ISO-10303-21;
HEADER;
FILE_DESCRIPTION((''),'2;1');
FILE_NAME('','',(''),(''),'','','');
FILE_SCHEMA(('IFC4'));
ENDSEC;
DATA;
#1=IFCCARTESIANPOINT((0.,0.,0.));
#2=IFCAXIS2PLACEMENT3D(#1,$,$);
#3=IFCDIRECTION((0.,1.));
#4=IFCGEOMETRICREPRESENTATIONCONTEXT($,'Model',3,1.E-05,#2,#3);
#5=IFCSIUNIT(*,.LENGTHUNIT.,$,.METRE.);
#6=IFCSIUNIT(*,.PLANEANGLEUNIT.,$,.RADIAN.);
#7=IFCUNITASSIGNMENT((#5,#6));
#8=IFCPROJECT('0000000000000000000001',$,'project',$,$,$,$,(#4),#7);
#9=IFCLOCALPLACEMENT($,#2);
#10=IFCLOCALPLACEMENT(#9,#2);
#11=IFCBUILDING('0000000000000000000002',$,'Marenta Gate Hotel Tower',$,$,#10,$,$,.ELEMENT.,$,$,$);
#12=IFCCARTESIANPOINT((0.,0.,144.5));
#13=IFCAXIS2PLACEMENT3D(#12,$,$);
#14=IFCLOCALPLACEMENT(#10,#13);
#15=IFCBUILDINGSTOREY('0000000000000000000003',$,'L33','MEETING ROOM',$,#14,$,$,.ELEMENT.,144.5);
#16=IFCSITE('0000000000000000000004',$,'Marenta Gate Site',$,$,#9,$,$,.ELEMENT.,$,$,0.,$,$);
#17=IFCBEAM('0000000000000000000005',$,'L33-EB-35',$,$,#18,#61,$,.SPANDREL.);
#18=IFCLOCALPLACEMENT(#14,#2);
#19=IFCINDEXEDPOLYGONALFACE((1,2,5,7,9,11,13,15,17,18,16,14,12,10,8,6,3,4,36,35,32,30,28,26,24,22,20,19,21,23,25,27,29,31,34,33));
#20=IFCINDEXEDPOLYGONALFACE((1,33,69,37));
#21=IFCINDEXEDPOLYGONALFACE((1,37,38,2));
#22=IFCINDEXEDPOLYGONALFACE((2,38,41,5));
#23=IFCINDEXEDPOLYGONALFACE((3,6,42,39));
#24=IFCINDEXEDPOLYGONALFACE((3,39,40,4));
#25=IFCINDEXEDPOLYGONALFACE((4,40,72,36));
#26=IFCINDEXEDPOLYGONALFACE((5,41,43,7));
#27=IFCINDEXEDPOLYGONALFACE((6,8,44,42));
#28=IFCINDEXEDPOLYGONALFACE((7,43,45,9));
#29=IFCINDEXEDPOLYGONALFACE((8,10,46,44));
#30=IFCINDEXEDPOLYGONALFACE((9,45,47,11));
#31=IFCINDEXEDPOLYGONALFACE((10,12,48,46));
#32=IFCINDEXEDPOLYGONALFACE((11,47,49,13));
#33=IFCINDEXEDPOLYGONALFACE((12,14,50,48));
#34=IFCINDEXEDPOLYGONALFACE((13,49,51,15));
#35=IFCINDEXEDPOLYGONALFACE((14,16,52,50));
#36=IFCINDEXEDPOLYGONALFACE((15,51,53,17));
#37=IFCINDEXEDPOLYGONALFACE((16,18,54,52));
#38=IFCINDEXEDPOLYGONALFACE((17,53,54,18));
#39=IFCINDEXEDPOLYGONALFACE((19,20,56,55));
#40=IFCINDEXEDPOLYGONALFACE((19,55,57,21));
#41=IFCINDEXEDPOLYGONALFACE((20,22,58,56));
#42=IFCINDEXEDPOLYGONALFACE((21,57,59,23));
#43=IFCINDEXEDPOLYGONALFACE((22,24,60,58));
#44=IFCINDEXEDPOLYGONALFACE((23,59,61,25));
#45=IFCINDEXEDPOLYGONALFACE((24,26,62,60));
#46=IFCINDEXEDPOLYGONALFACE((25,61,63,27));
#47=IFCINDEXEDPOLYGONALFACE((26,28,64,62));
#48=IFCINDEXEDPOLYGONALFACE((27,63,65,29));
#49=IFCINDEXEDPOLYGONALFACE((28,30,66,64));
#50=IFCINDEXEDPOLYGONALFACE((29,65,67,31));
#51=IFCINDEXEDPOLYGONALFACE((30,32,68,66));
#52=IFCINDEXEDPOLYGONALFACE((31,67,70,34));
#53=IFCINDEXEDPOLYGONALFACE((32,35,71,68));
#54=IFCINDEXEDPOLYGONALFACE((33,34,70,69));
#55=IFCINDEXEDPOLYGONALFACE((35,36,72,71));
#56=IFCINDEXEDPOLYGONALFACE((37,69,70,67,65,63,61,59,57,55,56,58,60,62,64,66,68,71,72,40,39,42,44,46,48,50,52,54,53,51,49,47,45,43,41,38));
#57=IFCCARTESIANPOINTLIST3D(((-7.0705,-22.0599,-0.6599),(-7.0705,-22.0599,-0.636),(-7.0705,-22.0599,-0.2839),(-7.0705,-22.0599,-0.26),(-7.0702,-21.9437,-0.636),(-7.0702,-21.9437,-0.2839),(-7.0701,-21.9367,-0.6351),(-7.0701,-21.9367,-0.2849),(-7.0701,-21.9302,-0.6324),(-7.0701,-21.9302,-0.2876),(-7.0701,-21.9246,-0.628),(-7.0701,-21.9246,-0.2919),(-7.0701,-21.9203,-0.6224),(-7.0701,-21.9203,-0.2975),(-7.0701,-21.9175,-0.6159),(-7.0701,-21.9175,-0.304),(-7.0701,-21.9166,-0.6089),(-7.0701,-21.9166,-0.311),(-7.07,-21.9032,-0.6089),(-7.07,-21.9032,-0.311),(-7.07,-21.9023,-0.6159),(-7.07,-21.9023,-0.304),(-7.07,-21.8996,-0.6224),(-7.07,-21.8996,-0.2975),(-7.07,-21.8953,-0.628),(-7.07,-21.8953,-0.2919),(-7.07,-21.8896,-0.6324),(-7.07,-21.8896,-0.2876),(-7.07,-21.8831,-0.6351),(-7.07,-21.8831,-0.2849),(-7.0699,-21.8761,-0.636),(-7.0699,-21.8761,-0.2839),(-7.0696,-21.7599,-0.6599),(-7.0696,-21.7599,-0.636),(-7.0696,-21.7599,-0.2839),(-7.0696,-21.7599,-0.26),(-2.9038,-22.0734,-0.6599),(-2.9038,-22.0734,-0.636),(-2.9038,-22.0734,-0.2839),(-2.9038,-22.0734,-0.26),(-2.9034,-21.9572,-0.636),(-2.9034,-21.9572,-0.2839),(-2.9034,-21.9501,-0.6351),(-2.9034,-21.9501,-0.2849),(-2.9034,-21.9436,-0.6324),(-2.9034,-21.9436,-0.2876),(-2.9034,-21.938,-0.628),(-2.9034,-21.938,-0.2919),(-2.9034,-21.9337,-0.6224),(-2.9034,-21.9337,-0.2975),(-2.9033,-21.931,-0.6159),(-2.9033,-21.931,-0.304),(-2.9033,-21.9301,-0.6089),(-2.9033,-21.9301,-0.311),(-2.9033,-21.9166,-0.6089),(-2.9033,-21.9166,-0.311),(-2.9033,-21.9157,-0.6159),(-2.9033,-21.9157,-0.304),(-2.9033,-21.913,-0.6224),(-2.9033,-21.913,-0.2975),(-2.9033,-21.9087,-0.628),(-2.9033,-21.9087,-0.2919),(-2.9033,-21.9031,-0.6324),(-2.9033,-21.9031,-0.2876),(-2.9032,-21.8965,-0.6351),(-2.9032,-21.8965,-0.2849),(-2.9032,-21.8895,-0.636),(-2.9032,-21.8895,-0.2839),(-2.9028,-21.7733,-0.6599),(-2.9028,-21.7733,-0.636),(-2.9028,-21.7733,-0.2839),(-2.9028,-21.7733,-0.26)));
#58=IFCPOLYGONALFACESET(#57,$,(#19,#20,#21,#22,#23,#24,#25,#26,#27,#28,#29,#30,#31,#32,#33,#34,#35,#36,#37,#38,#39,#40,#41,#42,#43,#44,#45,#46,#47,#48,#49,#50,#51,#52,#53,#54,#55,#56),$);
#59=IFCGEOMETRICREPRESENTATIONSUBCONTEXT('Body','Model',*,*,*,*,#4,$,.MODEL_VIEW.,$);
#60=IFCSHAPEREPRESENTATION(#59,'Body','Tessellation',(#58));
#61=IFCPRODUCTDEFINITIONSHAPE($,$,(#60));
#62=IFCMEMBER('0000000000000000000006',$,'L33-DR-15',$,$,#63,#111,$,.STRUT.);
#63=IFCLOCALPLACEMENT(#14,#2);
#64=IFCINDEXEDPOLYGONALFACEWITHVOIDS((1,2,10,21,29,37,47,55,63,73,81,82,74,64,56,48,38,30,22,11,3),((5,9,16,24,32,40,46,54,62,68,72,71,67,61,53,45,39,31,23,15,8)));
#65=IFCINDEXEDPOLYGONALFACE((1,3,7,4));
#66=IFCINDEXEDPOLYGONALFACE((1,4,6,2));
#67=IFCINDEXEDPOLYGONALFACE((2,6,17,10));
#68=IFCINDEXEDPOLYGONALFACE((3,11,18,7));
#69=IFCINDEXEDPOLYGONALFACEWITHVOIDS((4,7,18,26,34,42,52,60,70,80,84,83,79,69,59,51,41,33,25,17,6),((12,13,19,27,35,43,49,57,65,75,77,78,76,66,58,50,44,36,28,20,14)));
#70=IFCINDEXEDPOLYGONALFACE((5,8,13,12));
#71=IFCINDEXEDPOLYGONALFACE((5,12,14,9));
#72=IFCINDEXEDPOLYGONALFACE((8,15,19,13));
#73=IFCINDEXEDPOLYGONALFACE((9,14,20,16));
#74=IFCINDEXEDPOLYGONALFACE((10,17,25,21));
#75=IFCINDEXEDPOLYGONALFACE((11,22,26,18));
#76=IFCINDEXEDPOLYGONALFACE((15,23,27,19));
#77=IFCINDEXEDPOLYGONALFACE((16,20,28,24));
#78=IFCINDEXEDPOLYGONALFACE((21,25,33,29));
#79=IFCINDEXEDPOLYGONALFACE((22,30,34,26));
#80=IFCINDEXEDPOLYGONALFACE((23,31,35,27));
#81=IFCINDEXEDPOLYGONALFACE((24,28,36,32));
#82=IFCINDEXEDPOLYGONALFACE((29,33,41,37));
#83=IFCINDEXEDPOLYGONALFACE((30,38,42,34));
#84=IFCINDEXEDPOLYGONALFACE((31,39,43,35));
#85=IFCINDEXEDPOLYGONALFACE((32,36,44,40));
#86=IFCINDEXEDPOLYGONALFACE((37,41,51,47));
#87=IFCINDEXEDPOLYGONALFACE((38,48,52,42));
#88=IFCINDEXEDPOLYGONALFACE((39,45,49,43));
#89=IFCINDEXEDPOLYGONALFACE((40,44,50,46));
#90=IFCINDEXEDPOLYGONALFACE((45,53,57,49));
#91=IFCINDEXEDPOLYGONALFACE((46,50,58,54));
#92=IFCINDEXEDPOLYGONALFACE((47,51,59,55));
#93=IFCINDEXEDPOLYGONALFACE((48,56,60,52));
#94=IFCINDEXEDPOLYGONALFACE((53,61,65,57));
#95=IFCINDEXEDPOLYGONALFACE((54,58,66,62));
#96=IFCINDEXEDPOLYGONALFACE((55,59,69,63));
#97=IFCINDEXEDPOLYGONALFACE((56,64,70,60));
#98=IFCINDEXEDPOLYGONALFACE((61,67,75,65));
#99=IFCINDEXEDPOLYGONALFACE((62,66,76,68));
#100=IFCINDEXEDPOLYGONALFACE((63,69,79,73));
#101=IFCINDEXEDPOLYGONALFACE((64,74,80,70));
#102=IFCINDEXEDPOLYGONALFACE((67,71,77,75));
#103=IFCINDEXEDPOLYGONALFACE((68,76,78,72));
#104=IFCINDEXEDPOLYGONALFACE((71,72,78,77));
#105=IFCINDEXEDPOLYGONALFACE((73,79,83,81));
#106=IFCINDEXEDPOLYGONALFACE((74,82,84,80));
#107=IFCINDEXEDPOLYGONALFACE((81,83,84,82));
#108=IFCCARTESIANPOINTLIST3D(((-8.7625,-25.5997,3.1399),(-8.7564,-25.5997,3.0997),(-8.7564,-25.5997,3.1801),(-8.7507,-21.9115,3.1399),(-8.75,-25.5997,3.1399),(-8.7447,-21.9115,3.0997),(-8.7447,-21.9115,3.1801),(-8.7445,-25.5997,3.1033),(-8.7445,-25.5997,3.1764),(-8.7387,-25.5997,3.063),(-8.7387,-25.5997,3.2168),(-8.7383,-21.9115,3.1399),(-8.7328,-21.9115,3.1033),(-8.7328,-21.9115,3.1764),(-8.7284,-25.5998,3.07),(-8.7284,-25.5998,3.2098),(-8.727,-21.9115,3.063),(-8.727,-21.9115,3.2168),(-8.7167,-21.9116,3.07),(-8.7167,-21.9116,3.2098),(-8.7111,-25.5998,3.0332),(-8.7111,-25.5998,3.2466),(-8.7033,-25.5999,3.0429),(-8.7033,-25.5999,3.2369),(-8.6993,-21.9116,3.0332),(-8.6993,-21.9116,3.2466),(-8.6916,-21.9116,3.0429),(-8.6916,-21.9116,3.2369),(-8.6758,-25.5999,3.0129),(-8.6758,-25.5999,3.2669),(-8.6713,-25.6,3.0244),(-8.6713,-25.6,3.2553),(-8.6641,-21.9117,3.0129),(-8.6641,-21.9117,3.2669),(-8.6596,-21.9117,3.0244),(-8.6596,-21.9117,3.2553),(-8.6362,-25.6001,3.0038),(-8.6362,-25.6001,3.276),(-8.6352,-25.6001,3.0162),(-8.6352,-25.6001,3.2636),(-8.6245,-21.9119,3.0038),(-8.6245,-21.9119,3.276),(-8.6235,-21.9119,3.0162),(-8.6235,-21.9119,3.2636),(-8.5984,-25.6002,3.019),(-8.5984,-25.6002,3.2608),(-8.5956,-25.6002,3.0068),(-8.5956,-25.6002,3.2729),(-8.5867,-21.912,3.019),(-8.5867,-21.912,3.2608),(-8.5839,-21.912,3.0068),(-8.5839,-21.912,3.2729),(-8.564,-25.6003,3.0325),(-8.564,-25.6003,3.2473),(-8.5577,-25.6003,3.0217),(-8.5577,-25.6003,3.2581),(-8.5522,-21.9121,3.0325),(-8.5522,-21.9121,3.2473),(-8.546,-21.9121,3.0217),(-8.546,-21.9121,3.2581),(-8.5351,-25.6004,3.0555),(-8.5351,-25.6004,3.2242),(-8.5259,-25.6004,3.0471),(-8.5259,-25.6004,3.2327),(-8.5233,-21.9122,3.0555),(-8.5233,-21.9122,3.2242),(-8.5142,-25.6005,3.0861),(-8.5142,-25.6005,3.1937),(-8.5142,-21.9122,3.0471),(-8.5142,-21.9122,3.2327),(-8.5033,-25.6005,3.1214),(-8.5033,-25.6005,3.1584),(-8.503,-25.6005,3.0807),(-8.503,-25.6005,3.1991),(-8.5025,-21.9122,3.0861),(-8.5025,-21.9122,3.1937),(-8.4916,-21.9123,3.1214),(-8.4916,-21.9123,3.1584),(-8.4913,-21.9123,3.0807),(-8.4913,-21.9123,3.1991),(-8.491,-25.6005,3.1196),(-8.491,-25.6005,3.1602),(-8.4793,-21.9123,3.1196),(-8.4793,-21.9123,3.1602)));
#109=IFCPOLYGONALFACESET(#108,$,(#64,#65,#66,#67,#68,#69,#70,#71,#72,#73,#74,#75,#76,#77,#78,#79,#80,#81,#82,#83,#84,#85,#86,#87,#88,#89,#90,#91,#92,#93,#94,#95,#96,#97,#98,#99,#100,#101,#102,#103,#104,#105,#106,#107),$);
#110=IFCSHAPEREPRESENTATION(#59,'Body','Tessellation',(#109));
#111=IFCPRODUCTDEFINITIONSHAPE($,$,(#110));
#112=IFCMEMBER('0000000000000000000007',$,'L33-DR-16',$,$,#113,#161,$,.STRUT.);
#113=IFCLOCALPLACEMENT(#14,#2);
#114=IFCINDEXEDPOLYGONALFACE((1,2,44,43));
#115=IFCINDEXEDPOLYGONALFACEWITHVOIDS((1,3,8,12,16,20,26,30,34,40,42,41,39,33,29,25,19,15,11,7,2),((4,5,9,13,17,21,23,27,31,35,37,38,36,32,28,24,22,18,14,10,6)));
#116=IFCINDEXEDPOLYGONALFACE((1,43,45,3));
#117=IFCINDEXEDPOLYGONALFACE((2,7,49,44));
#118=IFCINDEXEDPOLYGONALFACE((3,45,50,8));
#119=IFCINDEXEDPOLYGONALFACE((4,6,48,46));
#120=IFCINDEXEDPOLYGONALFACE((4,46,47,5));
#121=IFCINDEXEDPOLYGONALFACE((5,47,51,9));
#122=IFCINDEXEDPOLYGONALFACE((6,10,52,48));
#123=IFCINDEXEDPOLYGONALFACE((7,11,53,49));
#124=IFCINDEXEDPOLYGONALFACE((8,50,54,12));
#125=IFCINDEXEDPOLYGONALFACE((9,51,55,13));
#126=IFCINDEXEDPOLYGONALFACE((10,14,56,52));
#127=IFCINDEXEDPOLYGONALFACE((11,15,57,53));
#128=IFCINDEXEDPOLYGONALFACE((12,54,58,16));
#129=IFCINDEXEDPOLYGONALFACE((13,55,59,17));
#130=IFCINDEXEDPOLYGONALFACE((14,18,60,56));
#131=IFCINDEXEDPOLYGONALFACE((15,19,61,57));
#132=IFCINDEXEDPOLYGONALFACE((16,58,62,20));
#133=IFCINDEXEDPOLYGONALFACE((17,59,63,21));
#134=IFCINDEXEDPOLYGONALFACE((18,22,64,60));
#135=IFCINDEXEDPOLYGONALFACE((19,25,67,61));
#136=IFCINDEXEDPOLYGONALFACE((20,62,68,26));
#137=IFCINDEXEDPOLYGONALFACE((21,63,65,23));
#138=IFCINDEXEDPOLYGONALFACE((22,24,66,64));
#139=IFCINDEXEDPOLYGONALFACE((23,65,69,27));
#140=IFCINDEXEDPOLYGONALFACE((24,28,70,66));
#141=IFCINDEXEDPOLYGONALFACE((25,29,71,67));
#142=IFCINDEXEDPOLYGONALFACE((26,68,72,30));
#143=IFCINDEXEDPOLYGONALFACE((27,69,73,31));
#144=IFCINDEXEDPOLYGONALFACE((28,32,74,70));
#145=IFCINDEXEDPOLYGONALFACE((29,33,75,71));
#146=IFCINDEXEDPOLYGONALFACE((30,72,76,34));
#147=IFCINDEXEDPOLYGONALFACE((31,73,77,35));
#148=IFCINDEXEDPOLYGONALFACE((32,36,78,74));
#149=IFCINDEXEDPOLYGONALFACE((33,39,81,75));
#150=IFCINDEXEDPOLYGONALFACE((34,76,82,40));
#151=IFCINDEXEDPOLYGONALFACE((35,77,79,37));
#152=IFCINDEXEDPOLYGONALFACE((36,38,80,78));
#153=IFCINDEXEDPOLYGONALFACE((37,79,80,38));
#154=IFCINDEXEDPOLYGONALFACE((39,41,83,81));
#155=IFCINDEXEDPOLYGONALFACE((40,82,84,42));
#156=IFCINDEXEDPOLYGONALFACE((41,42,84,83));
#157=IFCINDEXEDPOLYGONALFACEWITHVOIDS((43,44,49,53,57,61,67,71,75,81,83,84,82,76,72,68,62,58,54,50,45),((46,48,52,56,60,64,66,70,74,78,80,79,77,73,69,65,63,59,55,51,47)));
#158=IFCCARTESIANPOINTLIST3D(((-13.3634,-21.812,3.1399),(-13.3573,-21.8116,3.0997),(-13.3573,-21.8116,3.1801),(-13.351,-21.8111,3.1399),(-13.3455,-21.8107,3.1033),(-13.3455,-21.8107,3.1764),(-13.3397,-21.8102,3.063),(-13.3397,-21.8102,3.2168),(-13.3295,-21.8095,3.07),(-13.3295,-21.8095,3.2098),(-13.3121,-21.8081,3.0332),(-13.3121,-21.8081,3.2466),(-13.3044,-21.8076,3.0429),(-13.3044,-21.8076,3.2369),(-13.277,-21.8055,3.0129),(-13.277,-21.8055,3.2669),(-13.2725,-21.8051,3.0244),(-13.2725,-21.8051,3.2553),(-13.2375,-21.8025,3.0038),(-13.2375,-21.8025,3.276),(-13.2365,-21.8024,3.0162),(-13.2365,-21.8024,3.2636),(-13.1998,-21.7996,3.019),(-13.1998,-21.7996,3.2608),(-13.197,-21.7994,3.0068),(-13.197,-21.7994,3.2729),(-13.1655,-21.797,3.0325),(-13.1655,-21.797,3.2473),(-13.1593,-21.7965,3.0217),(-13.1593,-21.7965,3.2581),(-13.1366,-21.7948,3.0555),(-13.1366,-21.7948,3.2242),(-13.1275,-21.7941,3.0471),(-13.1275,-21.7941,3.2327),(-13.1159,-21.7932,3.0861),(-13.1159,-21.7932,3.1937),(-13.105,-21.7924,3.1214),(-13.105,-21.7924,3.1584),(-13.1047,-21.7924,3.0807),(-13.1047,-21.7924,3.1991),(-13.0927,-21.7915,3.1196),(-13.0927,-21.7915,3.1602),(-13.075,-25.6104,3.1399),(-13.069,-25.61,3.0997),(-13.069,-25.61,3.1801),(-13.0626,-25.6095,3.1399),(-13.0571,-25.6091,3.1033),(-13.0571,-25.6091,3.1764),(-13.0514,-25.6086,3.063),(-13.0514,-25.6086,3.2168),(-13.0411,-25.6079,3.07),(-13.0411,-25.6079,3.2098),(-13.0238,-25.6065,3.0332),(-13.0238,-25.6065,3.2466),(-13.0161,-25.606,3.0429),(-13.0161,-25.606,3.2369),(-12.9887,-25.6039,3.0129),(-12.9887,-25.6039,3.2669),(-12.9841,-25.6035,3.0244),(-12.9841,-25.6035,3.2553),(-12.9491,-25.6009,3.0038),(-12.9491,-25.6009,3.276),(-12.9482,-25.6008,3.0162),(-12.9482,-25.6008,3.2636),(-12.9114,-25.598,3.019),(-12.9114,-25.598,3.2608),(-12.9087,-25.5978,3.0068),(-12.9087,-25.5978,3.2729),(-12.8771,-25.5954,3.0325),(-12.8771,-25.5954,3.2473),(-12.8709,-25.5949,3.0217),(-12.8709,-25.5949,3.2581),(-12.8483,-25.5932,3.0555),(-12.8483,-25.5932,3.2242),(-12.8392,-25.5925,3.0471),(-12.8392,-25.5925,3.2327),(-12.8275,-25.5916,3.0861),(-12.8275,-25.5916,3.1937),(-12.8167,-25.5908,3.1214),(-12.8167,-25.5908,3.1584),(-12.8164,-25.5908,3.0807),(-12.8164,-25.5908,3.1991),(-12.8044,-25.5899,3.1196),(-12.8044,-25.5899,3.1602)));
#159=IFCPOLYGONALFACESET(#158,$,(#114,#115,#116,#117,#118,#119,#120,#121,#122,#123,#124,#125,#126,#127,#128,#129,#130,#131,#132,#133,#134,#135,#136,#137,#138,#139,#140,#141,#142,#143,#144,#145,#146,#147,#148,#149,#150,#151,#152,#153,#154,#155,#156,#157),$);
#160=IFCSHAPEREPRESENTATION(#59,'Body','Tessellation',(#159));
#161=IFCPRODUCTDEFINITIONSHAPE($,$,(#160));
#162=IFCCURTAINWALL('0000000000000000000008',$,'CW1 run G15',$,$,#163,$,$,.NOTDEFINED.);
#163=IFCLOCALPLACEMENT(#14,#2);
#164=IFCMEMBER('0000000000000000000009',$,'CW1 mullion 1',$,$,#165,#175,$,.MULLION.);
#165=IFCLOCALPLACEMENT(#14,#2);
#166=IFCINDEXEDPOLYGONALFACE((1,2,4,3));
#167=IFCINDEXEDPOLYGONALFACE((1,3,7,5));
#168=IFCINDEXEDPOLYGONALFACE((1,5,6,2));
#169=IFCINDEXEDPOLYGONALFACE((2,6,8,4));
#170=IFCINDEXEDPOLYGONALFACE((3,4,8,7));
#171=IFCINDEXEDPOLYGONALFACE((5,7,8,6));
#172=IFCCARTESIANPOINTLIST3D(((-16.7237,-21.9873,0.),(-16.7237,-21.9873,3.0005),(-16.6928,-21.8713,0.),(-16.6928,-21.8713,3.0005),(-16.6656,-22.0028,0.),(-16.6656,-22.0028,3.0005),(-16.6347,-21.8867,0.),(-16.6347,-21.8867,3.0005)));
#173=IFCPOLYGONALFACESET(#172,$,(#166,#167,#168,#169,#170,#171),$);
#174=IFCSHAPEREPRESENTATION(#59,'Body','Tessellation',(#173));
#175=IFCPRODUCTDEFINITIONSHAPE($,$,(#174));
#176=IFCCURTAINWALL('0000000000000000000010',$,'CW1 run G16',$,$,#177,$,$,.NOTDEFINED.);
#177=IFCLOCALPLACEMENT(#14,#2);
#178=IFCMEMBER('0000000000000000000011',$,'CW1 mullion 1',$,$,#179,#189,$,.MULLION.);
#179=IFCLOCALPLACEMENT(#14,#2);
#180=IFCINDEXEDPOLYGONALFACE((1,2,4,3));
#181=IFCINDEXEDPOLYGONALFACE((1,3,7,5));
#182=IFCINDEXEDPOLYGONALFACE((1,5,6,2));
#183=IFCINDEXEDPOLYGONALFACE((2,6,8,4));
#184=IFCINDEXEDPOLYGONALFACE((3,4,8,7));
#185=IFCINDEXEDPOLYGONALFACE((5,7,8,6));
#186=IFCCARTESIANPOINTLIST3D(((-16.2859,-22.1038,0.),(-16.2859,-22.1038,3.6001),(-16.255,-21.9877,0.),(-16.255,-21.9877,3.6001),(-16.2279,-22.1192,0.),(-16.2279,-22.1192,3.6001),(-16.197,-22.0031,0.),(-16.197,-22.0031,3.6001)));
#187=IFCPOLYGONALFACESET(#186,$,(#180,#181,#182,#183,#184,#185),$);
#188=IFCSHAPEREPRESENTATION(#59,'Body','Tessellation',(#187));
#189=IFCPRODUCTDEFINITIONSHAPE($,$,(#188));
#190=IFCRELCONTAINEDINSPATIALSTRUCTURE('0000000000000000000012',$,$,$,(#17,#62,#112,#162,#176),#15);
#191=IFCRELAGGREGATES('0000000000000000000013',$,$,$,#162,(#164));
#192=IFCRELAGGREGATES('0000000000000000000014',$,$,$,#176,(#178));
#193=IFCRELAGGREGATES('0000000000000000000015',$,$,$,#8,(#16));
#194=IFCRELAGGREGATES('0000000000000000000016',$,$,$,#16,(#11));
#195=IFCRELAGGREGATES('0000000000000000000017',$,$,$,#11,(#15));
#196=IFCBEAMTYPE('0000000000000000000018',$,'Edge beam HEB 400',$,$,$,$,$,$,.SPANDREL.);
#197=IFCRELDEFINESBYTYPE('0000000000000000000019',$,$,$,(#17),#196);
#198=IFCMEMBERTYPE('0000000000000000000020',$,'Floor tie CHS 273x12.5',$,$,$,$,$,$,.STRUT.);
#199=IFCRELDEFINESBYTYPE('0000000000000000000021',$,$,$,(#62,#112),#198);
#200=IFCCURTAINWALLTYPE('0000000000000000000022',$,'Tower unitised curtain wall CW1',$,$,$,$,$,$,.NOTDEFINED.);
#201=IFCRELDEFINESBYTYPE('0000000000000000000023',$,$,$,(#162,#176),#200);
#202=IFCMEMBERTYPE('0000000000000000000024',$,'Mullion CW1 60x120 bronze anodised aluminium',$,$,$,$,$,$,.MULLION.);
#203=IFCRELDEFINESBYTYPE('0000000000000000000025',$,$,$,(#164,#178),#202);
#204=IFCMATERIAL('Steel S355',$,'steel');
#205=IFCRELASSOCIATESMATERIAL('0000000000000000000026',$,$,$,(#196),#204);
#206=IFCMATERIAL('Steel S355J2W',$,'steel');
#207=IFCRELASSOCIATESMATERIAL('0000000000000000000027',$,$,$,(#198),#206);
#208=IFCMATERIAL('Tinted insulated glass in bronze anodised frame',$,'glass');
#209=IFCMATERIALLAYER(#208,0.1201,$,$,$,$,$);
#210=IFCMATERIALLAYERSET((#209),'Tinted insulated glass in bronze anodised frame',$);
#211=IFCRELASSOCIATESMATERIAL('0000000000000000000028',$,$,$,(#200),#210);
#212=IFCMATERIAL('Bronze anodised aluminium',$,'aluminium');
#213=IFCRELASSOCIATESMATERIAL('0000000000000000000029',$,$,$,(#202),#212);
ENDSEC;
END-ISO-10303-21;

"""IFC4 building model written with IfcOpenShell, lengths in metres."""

from ifc_helpers import new_model, si_unit, direction, frame, origin, origin_2d, place, context, subcontext, project, spatial, rectangle, hollow_circle, i_section, extrude, material, layer, layer_set, material_profile, profile_set, type_object, element, aggregate, save


model = new_model("IFC4")

# Units and contexts
model_context = context("Model", 3, precision=1e-05, world=origin(), true_north=direction((0.0, 1.0)))
body_context = subcontext(model_context, "Body", "Model", "MODEL_VIEW")
ifc_project = project(units=[si_unit("LENGTHUNIT", "METRE"), si_unit("PLANEANGLEUNIT", "RADIAN")], contexts=[model_context])

# Site, building, storey
site_placement = place(None, origin())
site = spatial("IfcSite", under=ifc_project, at=site_placement, Name="Marenta Gate Site", CompositionType="ELEMENT", RefElevation=0.0)
building_placement = place(site_placement, origin())
building = spatial("IfcBuilding", under=site, at=building_placement, Name="Marenta Gate Hotel Tower", CompositionType="ELEMENT")
storey_placement = place(building_placement, frame((0.0, 0.0, 144.5)))
storey = spatial("IfcBuildingStorey", under=building, at=storey_placement, Name="L33", Description="MEETING ROOM", CompositionType="ELEMENT", Elevation=144.5)

# Beam
ifc_material_1 = material(Name="Steel S355", Category="steel")
ifc_material_profile_1 = material_profile(ifc_material_1, i_section(OverallWidth=0.3, OverallDepth=0.3999, WebThickness=0.0134, FlangeThickness=0.0239, FilletRadius=0.0271, at=origin_2d()), Name="HEB 400")
ifc_profile_set_1 = profile_set([ifc_material_profile_1], Name="Steel S355")
beam_type = type_object("IfcBeamType", Name="Edge beam HEB 400", PredefinedType="SPANDREL", material=ifc_profile_set_1)
beam_placement = place(storey_placement, frame((-2.9033, -21.9233, -0.46), z_axis=(-0.999995, 0.003223, 0.0), x_axis=(-0.003223, -0.999995, 0.0)))
element("IfcBeam", 1, at=beam_placement, inside=storey, type_object=beam_type, Name="L33-EB-35", PredefinedType="SPANDREL", context=body_context, shape_type="SweptSolid", body=[
    extrude(i_section(OverallWidth=0.3, OverallDepth=0.3999, WebThickness=0.0134, FlangeThickness=0.0239, FilletRadius=0.0271, at=origin_2d()), origin(), (0.0, 0.0, 1.0), 4.1667),
])

# Members
ifc_material_2 = material(Name="Steel S355J2W", Category="steel")
ifc_material_profile_2 = material_profile(ifc_material_2, hollow_circle(Radius=0.1365, WallThickness=0.0125, at=origin_2d()), Name="CHS 273x12.5")
ifc_profile_set_2 = profile_set([ifc_material_profile_2], Name="Steel S355J2W")
member_type_1 = type_object("IfcMemberType", Name="Floor tie CHS 273x12.5", PredefinedType="STRUT", material=ifc_profile_set_2)
member_1_placement = place(storey_placement, frame((-8.626, -25.6001, 3.1399), z_axis=(0.003177, 0.999995, 0.0), x_axis=(-0.999995, 0.003177, 0.0)))
element("IfcMember", 2, at=member_1_placement, inside=storey, type_object=member_type_1, Name="L33-DR-15", PredefinedType="STRUT", context=body_context, shape_type="SweptSolid", body=[
    extrude(hollow_circle(Radius=0.1365, WallThickness=0.0125, at=origin_2d()), origin(), (0.0, 0.0, 1.0), 3.6882),
])
member_2_placement = place(storey_placement, frame((-12.939, -25.6001, 3.1399), z_axis=(-0.075692, 0.997131, 0.0), x_axis=(-0.997131, -0.075692, 0.0)))
element("IfcMember", 3, at=member_2_placement, inside=storey, type_object=member_type_1, Name="L33-DR-16", PredefinedType="STRUT", context=body_context, shape_type="SweptSolid", body=[
    extrude(hollow_circle(Radius=0.1365, WallThickness=0.0125, at=origin_2d()), origin(), (0.0, 0.0, 1.0), 3.8093),
])

# Curtain walls, members
ifc_material_3 = material(Name="Tinted insulated glass in bronze anodised frame", Category="glass")
ifc_layer_1 = layer(ifc_material_3, 0.1201)
ifc_layer_set_1 = layer_set([ifc_layer_1], Name="Tinted insulated glass in bronze anodised frame")
curtain_wall_type = type_object("IfcCurtainWallType", Name="Tower unitised curtain wall CW1", PredefinedType="NOTDEFINED", material=ifc_layer_set_1)
curtain_wall_1_placement = place(storey_placement, origin())
curtain_wall_1 = element("IfcCurtainWall", 4, at=curtain_wall_1_placement, inside=storey, type_object=curtain_wall_type, Name="CW1 run G15", PredefinedType="NOTDEFINED")
ifc_material_4 = material(Name="Bronze anodised aluminium", Category="aluminium")
ifc_material_profile_3 = material_profile(ifc_material_4, rectangle(XDim=0.1201, YDim=0.0601, at=origin_2d()), Name="Mullion CW1 60x120 bronze anodised aluminium")
ifc_profile_set_3 = profile_set([ifc_material_profile_3], Name="Bronze anodised aluminium")
member_type_2 = type_object("IfcMemberType", Name="Mullion CW1 60x120 bronze anodised aluminium", PredefinedType="MULLION", material=ifc_profile_set_3)
member_3_placement = place(storey_placement, frame((-16.6792, -21.937, 0.0), z_axis=(0.0, 0.0, 1.0), x_axis=(0.257154, 0.96637, 0.0)))
member_3 = element("IfcMember", 5, at=member_3_placement, type_object=member_type_2, Name="CW1 mullion 1", PredefinedType="MULLION", context=body_context, shape_type="SweptSolid", body=[
    extrude(rectangle(XDim=0.1201, YDim=0.0601, at=origin_2d()), origin(), (0.0, 0.0, 1.0), 3.0005),
])
curtain_wall_2_placement = place(storey_placement, origin())
curtain_wall_2 = element("IfcCurtainWall", 6, at=curtain_wall_2_placement, inside=storey, type_object=curtain_wall_type, Name="CW1 run G16", PredefinedType="NOTDEFINED")
member_4_placement = place(storey_placement, frame((-16.2415, -22.0535, 0.0), z_axis=(0.0, 0.0, 1.0), x_axis=(0.257135, 0.966376, 0.0)))
member_4 = element("IfcMember", 7, at=member_4_placement, type_object=member_type_2, Name="CW1 mullion 1", PredefinedType="MULLION", context=body_context, shape_type="SweptSolid", body=[
    extrude(rectangle(XDim=0.1201, YDim=0.0601, at=origin_2d()), origin(), (0.0, 0.0, 1.0), 3.6001),
])

aggregate(curtain_wall_1, [member_3])
aggregate(curtain_wall_2, [member_4])

save(model, "model.ifc")
